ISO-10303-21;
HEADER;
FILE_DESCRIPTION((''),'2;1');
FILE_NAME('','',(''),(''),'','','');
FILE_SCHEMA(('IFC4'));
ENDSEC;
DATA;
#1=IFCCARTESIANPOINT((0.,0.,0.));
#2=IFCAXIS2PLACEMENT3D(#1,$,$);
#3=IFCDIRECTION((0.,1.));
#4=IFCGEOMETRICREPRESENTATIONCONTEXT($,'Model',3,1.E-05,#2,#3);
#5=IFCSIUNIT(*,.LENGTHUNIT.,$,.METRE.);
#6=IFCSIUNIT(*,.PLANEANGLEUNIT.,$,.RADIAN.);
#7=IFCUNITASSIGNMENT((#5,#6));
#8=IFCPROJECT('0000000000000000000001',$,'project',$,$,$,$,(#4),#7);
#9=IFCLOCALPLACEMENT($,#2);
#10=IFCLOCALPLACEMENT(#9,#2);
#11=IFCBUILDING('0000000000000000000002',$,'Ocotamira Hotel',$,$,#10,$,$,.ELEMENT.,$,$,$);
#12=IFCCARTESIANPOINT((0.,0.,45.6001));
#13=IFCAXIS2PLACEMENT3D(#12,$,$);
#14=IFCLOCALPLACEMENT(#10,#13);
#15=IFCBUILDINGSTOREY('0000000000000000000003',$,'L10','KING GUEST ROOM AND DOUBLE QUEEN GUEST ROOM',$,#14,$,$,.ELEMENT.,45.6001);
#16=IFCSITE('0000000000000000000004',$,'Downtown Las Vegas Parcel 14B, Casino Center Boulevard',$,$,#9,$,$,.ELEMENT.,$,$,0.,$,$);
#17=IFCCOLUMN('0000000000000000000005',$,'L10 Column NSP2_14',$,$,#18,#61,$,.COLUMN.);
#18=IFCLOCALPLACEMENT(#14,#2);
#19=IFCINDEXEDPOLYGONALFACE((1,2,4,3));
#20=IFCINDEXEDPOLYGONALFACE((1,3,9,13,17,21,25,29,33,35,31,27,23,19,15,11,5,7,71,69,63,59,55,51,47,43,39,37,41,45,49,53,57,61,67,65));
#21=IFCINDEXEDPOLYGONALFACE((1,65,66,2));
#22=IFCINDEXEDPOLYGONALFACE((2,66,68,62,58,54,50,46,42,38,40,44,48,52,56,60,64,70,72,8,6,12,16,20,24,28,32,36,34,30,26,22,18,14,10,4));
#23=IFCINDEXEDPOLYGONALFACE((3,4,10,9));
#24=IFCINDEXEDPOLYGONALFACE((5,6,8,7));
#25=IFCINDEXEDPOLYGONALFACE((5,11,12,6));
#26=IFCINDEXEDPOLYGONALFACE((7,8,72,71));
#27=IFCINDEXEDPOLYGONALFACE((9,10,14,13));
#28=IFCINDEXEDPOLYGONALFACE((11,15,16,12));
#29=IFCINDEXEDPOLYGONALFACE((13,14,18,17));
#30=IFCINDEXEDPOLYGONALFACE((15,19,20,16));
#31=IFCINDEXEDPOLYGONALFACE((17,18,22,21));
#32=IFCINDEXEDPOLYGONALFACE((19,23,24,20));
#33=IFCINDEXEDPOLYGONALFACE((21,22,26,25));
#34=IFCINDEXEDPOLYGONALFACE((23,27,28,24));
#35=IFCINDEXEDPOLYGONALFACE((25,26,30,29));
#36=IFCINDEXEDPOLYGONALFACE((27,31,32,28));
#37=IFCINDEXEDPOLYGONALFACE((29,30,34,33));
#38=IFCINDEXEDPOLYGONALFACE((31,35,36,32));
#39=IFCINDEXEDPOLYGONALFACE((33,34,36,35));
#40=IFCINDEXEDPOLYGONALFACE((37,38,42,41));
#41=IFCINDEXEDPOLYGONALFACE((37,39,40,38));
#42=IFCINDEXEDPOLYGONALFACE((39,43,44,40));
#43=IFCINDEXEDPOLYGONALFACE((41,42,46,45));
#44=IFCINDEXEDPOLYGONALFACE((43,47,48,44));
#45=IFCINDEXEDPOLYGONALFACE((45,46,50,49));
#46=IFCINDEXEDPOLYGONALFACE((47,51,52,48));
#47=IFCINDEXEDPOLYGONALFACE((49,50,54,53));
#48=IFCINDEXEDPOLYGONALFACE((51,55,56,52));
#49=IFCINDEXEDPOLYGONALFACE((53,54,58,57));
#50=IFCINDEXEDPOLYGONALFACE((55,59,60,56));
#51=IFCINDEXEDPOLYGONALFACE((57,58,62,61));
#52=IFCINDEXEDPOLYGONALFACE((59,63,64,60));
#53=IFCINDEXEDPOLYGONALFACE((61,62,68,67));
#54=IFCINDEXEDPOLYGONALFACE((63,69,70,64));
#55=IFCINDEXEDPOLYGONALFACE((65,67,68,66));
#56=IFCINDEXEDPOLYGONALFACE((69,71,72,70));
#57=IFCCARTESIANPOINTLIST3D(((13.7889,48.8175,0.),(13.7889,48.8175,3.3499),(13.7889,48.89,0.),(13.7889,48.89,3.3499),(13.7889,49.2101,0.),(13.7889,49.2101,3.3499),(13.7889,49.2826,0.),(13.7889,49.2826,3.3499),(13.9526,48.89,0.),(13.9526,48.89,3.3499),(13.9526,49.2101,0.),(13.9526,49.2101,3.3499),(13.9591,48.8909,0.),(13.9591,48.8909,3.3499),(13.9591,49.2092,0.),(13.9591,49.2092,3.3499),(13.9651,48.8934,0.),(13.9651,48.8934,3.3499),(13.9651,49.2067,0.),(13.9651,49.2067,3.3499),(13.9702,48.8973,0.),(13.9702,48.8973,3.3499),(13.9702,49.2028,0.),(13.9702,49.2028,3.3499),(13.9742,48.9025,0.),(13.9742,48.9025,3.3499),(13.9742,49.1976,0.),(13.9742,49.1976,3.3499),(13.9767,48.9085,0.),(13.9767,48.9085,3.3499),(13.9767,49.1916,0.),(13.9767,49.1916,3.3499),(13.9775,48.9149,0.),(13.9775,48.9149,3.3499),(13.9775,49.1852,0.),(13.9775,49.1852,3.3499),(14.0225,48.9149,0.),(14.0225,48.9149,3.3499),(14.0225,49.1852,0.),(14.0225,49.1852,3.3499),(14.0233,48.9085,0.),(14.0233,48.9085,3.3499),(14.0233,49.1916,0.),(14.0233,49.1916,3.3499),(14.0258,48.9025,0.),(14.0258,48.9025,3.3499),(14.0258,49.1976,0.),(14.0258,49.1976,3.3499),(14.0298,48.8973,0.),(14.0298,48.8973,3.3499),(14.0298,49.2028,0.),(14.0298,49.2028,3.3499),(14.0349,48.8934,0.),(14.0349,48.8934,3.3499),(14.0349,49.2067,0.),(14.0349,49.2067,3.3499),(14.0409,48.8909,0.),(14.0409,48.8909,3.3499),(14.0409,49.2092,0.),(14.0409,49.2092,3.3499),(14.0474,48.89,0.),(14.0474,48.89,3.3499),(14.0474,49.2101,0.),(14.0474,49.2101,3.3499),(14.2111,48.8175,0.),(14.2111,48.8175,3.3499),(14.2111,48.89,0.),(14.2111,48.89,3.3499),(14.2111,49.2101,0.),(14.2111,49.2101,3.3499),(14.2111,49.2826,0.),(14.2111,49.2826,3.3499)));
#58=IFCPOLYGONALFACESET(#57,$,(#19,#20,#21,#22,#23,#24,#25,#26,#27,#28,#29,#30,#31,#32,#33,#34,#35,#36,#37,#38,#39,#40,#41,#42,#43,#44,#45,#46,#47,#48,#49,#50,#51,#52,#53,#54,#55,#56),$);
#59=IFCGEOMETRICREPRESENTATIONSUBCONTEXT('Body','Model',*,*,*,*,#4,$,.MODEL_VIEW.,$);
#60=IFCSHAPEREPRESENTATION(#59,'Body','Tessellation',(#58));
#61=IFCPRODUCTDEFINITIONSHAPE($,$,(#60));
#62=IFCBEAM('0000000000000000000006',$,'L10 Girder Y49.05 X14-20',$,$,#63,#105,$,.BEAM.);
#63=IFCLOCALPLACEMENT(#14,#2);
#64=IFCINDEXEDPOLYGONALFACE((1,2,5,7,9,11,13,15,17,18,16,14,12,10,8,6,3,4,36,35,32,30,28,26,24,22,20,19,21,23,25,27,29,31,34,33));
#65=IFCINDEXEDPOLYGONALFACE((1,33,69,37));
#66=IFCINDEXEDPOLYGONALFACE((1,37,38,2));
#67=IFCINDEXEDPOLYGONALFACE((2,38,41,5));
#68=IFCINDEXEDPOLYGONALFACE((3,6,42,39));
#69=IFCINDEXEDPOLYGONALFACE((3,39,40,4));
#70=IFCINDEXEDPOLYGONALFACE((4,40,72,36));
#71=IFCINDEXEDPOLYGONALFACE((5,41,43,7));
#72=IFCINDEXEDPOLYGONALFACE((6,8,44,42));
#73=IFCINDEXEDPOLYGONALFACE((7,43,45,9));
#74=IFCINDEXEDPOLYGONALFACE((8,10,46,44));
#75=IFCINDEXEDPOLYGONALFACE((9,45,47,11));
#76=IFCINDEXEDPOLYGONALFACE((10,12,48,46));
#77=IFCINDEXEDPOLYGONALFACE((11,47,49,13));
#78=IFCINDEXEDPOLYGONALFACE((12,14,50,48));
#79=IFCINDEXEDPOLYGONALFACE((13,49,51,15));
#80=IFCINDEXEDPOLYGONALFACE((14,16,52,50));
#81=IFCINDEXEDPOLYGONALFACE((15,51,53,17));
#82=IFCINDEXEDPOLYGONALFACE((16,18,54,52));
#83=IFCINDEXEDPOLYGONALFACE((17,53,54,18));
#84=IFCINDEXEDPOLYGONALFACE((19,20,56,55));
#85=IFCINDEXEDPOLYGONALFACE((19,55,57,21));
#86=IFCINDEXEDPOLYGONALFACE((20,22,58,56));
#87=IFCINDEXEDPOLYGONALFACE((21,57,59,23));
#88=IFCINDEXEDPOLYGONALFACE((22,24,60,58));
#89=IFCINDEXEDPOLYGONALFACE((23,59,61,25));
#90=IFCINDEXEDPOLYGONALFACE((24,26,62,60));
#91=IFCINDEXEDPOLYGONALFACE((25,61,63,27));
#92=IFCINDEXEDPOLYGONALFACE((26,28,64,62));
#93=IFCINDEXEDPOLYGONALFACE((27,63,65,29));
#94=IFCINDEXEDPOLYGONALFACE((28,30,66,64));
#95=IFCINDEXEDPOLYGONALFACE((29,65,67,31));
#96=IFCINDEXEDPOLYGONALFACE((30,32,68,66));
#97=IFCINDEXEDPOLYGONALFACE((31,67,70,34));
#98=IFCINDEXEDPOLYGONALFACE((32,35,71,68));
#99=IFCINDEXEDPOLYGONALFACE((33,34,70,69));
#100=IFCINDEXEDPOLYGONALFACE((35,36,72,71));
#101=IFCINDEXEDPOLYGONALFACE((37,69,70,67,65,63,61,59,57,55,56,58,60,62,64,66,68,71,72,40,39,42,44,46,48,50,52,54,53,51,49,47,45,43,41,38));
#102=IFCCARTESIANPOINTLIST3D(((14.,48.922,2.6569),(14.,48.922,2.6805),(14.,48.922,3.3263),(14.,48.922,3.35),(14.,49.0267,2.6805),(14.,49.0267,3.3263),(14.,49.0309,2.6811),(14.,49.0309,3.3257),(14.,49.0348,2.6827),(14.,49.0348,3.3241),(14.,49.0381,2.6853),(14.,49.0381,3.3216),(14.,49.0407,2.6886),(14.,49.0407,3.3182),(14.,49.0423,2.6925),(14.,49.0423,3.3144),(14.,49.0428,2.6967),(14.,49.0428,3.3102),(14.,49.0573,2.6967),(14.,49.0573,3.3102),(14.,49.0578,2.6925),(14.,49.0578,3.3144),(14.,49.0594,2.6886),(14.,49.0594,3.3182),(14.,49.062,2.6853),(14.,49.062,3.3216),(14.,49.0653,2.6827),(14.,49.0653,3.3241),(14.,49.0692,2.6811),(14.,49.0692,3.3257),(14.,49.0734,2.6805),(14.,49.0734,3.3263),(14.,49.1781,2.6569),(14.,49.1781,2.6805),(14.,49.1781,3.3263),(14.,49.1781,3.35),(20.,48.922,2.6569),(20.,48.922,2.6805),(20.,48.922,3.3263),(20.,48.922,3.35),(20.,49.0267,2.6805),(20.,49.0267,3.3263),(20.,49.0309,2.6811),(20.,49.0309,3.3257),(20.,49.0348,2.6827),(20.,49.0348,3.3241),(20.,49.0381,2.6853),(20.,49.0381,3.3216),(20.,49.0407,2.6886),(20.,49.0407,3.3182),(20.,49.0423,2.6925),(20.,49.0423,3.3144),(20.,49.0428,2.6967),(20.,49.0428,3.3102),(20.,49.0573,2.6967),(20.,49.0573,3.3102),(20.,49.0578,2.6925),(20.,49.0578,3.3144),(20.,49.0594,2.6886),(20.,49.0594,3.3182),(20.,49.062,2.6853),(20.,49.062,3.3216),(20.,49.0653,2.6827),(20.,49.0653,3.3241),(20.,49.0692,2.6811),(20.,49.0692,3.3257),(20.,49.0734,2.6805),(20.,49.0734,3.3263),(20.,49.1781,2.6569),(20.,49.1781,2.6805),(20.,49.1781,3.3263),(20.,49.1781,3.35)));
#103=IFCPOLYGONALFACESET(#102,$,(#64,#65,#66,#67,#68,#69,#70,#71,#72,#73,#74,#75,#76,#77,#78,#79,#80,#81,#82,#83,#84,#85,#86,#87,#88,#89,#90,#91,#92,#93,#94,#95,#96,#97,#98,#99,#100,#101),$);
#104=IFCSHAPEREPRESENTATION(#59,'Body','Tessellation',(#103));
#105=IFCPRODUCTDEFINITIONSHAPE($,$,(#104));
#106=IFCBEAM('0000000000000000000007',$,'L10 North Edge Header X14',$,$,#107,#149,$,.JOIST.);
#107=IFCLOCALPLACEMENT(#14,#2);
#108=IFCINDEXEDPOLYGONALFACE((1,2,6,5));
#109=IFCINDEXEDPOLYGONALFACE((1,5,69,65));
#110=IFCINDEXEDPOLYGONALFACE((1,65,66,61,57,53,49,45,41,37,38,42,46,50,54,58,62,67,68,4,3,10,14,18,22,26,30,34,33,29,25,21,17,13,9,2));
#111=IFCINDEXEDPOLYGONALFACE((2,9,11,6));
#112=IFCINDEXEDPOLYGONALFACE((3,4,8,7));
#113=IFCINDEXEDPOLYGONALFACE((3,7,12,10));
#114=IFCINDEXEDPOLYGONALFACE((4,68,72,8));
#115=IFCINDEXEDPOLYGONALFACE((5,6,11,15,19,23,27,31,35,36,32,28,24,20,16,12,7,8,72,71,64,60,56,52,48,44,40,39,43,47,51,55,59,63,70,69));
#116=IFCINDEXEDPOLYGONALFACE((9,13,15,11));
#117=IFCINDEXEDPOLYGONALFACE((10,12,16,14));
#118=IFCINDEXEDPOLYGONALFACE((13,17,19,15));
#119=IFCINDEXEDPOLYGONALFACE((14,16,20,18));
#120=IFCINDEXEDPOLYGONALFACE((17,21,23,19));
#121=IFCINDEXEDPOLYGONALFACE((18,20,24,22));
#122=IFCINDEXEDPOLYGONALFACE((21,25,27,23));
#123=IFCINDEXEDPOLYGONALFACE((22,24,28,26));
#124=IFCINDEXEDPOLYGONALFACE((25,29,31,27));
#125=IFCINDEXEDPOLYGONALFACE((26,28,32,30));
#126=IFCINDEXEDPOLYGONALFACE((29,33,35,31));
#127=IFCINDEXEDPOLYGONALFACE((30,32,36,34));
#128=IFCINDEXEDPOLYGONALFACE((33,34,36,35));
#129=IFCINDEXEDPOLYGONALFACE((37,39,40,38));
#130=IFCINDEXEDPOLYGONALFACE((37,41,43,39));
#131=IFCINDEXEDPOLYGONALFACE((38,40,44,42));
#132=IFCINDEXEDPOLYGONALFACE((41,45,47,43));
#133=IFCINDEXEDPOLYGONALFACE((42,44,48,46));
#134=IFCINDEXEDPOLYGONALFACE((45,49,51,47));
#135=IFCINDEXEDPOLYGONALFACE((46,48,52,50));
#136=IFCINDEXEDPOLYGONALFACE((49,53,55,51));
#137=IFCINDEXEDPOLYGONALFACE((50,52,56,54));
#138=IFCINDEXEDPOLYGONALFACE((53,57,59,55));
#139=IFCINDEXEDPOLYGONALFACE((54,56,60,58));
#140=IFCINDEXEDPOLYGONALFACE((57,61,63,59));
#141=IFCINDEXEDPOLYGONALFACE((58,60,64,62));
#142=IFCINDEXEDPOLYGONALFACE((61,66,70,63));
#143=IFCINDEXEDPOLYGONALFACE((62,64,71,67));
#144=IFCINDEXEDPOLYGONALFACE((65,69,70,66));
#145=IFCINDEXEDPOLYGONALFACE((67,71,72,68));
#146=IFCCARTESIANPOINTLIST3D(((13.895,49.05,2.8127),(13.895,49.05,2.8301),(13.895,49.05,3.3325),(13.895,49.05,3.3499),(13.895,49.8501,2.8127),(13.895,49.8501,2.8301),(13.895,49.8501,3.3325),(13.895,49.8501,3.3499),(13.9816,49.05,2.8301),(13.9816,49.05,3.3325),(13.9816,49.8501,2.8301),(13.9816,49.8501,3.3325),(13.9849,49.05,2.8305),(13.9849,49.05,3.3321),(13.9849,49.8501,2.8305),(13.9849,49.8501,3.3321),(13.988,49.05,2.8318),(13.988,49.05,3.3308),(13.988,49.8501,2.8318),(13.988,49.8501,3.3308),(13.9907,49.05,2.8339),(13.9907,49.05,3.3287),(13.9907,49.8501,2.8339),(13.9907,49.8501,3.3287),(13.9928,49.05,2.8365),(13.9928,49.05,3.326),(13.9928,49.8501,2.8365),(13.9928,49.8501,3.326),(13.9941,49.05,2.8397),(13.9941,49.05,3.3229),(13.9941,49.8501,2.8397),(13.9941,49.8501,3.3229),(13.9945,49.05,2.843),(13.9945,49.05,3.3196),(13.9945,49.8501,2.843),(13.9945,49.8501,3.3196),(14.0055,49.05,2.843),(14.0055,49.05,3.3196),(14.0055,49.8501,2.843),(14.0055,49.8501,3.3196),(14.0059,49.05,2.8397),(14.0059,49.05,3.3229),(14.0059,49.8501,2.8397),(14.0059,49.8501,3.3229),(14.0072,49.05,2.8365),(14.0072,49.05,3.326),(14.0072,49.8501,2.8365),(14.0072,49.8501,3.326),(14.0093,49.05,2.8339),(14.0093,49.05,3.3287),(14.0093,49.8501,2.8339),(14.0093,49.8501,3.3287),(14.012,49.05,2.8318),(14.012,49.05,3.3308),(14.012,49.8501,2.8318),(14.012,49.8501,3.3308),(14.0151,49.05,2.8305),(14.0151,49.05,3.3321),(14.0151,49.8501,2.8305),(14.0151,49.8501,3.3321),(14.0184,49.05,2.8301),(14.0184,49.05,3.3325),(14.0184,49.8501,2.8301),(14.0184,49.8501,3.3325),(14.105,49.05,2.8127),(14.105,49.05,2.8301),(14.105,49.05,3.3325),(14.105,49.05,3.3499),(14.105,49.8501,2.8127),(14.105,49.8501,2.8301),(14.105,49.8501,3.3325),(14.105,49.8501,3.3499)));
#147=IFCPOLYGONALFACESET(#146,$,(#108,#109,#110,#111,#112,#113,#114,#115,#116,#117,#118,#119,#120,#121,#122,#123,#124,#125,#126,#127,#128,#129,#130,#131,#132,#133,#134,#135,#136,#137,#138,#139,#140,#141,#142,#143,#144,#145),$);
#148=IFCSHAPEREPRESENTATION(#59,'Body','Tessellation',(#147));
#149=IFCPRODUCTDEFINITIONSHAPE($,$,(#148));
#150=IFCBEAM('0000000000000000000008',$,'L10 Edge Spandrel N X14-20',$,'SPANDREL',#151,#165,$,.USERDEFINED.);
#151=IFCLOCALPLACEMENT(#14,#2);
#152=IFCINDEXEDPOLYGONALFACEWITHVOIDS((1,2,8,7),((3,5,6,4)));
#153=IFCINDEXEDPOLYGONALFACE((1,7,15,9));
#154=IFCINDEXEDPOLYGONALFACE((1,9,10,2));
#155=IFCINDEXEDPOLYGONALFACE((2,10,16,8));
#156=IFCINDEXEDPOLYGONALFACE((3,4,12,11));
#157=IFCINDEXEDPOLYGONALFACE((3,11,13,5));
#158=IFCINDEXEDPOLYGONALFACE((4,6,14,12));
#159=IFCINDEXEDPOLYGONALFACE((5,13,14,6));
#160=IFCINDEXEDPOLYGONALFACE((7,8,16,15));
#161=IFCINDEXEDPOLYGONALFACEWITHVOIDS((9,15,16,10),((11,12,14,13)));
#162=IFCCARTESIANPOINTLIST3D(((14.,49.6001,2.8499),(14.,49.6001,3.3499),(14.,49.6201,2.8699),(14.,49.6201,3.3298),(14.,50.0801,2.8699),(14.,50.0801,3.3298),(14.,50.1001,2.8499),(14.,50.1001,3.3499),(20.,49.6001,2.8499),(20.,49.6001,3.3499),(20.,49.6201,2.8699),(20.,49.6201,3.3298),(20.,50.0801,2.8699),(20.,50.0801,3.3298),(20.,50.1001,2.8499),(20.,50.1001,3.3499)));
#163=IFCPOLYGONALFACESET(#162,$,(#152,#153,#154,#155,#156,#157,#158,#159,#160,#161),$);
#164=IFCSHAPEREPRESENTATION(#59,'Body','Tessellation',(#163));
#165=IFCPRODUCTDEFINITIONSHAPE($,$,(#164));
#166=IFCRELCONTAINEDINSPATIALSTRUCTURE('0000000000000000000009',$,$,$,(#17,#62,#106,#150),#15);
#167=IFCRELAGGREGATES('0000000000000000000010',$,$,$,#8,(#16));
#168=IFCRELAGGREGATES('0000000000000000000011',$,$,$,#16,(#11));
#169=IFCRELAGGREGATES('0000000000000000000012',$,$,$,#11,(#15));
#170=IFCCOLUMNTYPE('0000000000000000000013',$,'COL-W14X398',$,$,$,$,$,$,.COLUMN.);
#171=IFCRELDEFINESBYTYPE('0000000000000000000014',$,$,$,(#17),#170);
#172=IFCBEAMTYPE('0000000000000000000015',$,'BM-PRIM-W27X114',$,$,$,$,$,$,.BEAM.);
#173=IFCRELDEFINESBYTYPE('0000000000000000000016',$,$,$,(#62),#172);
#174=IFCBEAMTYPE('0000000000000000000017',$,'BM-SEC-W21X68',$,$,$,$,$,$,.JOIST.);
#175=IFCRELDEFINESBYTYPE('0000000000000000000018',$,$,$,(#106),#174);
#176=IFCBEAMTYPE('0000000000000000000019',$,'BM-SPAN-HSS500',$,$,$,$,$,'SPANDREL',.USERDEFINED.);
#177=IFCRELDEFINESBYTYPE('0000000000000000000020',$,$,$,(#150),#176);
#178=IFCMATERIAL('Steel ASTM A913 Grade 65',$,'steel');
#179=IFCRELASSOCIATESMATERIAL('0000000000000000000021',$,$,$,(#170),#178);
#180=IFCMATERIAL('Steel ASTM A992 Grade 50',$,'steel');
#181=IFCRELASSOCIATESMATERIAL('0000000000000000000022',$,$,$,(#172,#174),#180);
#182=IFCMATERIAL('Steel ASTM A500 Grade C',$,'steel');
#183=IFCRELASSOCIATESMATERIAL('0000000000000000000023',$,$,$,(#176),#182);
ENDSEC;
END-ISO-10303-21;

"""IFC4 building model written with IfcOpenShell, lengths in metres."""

from ifc_helpers import new_model, si_unit, direction, frame, origin, origin_2d, place, context, subcontext, project, spatial, hollow_rectangle, i_section, extrude, source, transform, mapped, material, material_profile, profile_set, type_object, element, save


model = new_model("IFC4")

# Units and contexts
model_context = context("Model", 3, precision=1e-05, world=origin(), true_north=direction((0.0, 1.0)))
body_context = subcontext(model_context, "Body", "Model", "MODEL_VIEW")
ifc_project = project(units=[si_unit("LENGTHUNIT", "METRE"), si_unit("PLANEANGLEUNIT", "RADIAN")], contexts=[model_context])

# Site, building, storey
site_placement = place(None, origin())
site = spatial("IfcSite", under=ifc_project, at=site_placement, Name="Downtown Las Vegas Parcel 14B, Casino Center Boulevard", CompositionType="ELEMENT", RefElevation=0.0)
building_placement = place(site_placement, origin())
building = spatial("IfcBuilding", under=site, at=building_placement, Name="Ocotamira Hotel", CompositionType="ELEMENT")
storey_placement = place(building_placement, frame((0.0, 0.0, 45.6001)))
storey = spatial("IfcBuildingStorey", under=building, at=storey_placement, Name="L10", Description="KING GUEST ROOM AND DOUBLE QUEEN GUEST ROOM", CompositionType="ELEMENT", Elevation=45.6001)

# Column
ifc_material_1 = material(Name="Steel ASTM A913 Grade 65", Category="steel")
ifc_material_profile_1 = material_profile(ifc_material_1, i_section(OverallWidth=0.4221, OverallDepth=0.4651, WebThickness=0.0449, FlangeThickness=0.0725, FilletRadius=0.0249, at=origin_2d()), Name="W14X398")
ifc_profile_set_1 = profile_set([ifc_material_profile_1], Name="Steel ASTM A913 Grade 65")
column_type = type_object("IfcColumnType", Name="COL-W14X398", PredefinedType="COLUMN", material=ifc_profile_set_1)
shared_shape_1 = source(origin(), body_context, "Body", "SweptSolid", [
    extrude(i_section(OverallWidth=0.4221, OverallDepth=0.4651, WebThickness=0.0449, FlangeThickness=0.0725, FilletRadius=0.0249, at=origin_2d()), origin(), (0.0, 0.0, 1.0), 3.3499),
])
column_placement = place(storey_placement, frame((14.0, 49.05, 0.0), z_axis=(0.0, 0.0, 1.0), x_axis=(1.0, 0.0, 0.0)))
element("IfcColumn", 1, at=column_placement, inside=storey, type_object=column_type, Name="L10 Column NSP2_14", PredefinedType="COLUMN", context=body_context, shape_type="MappedRepresentation", body=[
    mapped(shared_shape_1, transform((0.0, 0.0, 0.0), scale=1.0)),
])

# Beams
ifc_material_2 = material(Name="Steel ASTM A992 Grade 50", Category="steel")
ifc_material_profile_2 = material_profile(ifc_material_2, i_section(OverallWidth=0.2561, OverallDepth=0.6931, WebThickness=0.0144, FlangeThickness=0.0237, FilletRadius=0.0161, at=origin_2d()), Name="W27X114")
ifc_profile_set_2 = profile_set([ifc_material_profile_2], Name="Steel ASTM A992 Grade 50")
beam_type_1 = type_object("IfcBeamType", Name="BM-PRIM-W27X114", PredefinedType="BEAM", material=ifc_profile_set_2)
shared_shape_2 = source(origin(), body_context, "Body", "SweptSolid", [
    extrude(i_section(OverallWidth=0.2561, OverallDepth=0.6931, WebThickness=0.0144, FlangeThickness=0.0237, FilletRadius=0.0161, at=origin_2d()), origin(), (0.0, 0.0, 1.0), 6.0),
])
beam_1_placement = place(storey_placement, frame((14.0, 49.05, 3.0034), z_axis=(1.0, 0.0, 0.0), x_axis=(0.0, 1.0, 0.0)))
element("IfcBeam", 2, at=beam_1_placement, inside=storey, type_object=beam_type_1, Name="L10 Girder Y49.05 X14-20", PredefinedType="BEAM", context=body_context, shape_type="MappedRepresentation", body=[
    mapped(shared_shape_2, transform((0.0, 0.0, 0.0), scale=1.0)),
])
ifc_material_profile_3 = material_profile(ifc_material_2, i_section(OverallWidth=0.21, OverallDepth=0.5371, WebThickness=0.011, FlangeThickness=0.0173, FilletRadius=0.0129, at=origin_2d()), Name="W21X68")
ifc_profile_set_3 = profile_set([ifc_material_profile_3], Name="Steel ASTM A992 Grade 50")
beam_type_2 = type_object("IfcBeamType", Name="BM-SEC-W21X68", PredefinedType="JOIST", material=ifc_profile_set_3)
shared_shape_3 = source(origin(), body_context, "Body", "SweptSolid", [
    extrude(i_section(OverallWidth=0.21, OverallDepth=0.5371, WebThickness=0.011, FlangeThickness=0.0173, FilletRadius=0.0129, at=origin_2d()), origin(), (0.0, 0.0, 1.0), 0.8),
])
beam_2_placement = place(storey_placement, frame((14.0, 49.05, 3.0813), z_axis=(0.0, 1.0, 0.0), x_axis=(-1.0, 0.0, 0.0)))
element("IfcBeam", 3, at=beam_2_placement, inside=storey, type_object=beam_type_2, Name="L10 North Edge Header X14", PredefinedType="JOIST", context=body_context, shape_type="MappedRepresentation", body=[
    mapped(shared_shape_3, transform((0.0, 0.0, 0.0), scale=1.0)),
])
ifc_material_3 = material(Name="Steel ASTM A500 Grade C", Category="steel")
ifc_material_profile_4 = material_profile(ifc_material_3, hollow_rectangle(XDim=0.5, YDim=0.5, WallThickness=0.02, at=origin_2d()), Name="HSS500X500X20")
ifc_profile_set_4 = profile_set([ifc_material_profile_4], Name="Steel ASTM A500 Grade C")
beam_type_3 = type_object("IfcBeamType", Name="BM-SPAN-HSS500", ElementType="SPANDREL", PredefinedType="USERDEFINED", material=ifc_profile_set_4)
shared_shape_4 = source(origin(), body_context, "Body", "SweptSolid", [
    extrude(hollow_rectangle(XDim=0.5, YDim=0.5, WallThickness=0.02, at=origin_2d()), origin(), (0.0, 0.0, 1.0), 6.0),
])
beam_3_placement = place(storey_placement, frame((14.0, 49.8501, 3.0999), z_axis=(1.0, 0.0, 0.0), x_axis=(0.0, 1.0, 0.0)))
element("IfcBeam", 4, at=beam_3_placement, inside=storey, type_object=beam_type_3, Name="L10 Edge Spandrel N X14-20", ObjectType="SPANDREL", PredefinedType="USERDEFINED", context=body_context, shape_type="MappedRepresentation", body=[
    mapped(shared_shape_4, transform((0.0, 0.0, 0.0), scale=1.0)),
])

save(model, "model.ifc")
